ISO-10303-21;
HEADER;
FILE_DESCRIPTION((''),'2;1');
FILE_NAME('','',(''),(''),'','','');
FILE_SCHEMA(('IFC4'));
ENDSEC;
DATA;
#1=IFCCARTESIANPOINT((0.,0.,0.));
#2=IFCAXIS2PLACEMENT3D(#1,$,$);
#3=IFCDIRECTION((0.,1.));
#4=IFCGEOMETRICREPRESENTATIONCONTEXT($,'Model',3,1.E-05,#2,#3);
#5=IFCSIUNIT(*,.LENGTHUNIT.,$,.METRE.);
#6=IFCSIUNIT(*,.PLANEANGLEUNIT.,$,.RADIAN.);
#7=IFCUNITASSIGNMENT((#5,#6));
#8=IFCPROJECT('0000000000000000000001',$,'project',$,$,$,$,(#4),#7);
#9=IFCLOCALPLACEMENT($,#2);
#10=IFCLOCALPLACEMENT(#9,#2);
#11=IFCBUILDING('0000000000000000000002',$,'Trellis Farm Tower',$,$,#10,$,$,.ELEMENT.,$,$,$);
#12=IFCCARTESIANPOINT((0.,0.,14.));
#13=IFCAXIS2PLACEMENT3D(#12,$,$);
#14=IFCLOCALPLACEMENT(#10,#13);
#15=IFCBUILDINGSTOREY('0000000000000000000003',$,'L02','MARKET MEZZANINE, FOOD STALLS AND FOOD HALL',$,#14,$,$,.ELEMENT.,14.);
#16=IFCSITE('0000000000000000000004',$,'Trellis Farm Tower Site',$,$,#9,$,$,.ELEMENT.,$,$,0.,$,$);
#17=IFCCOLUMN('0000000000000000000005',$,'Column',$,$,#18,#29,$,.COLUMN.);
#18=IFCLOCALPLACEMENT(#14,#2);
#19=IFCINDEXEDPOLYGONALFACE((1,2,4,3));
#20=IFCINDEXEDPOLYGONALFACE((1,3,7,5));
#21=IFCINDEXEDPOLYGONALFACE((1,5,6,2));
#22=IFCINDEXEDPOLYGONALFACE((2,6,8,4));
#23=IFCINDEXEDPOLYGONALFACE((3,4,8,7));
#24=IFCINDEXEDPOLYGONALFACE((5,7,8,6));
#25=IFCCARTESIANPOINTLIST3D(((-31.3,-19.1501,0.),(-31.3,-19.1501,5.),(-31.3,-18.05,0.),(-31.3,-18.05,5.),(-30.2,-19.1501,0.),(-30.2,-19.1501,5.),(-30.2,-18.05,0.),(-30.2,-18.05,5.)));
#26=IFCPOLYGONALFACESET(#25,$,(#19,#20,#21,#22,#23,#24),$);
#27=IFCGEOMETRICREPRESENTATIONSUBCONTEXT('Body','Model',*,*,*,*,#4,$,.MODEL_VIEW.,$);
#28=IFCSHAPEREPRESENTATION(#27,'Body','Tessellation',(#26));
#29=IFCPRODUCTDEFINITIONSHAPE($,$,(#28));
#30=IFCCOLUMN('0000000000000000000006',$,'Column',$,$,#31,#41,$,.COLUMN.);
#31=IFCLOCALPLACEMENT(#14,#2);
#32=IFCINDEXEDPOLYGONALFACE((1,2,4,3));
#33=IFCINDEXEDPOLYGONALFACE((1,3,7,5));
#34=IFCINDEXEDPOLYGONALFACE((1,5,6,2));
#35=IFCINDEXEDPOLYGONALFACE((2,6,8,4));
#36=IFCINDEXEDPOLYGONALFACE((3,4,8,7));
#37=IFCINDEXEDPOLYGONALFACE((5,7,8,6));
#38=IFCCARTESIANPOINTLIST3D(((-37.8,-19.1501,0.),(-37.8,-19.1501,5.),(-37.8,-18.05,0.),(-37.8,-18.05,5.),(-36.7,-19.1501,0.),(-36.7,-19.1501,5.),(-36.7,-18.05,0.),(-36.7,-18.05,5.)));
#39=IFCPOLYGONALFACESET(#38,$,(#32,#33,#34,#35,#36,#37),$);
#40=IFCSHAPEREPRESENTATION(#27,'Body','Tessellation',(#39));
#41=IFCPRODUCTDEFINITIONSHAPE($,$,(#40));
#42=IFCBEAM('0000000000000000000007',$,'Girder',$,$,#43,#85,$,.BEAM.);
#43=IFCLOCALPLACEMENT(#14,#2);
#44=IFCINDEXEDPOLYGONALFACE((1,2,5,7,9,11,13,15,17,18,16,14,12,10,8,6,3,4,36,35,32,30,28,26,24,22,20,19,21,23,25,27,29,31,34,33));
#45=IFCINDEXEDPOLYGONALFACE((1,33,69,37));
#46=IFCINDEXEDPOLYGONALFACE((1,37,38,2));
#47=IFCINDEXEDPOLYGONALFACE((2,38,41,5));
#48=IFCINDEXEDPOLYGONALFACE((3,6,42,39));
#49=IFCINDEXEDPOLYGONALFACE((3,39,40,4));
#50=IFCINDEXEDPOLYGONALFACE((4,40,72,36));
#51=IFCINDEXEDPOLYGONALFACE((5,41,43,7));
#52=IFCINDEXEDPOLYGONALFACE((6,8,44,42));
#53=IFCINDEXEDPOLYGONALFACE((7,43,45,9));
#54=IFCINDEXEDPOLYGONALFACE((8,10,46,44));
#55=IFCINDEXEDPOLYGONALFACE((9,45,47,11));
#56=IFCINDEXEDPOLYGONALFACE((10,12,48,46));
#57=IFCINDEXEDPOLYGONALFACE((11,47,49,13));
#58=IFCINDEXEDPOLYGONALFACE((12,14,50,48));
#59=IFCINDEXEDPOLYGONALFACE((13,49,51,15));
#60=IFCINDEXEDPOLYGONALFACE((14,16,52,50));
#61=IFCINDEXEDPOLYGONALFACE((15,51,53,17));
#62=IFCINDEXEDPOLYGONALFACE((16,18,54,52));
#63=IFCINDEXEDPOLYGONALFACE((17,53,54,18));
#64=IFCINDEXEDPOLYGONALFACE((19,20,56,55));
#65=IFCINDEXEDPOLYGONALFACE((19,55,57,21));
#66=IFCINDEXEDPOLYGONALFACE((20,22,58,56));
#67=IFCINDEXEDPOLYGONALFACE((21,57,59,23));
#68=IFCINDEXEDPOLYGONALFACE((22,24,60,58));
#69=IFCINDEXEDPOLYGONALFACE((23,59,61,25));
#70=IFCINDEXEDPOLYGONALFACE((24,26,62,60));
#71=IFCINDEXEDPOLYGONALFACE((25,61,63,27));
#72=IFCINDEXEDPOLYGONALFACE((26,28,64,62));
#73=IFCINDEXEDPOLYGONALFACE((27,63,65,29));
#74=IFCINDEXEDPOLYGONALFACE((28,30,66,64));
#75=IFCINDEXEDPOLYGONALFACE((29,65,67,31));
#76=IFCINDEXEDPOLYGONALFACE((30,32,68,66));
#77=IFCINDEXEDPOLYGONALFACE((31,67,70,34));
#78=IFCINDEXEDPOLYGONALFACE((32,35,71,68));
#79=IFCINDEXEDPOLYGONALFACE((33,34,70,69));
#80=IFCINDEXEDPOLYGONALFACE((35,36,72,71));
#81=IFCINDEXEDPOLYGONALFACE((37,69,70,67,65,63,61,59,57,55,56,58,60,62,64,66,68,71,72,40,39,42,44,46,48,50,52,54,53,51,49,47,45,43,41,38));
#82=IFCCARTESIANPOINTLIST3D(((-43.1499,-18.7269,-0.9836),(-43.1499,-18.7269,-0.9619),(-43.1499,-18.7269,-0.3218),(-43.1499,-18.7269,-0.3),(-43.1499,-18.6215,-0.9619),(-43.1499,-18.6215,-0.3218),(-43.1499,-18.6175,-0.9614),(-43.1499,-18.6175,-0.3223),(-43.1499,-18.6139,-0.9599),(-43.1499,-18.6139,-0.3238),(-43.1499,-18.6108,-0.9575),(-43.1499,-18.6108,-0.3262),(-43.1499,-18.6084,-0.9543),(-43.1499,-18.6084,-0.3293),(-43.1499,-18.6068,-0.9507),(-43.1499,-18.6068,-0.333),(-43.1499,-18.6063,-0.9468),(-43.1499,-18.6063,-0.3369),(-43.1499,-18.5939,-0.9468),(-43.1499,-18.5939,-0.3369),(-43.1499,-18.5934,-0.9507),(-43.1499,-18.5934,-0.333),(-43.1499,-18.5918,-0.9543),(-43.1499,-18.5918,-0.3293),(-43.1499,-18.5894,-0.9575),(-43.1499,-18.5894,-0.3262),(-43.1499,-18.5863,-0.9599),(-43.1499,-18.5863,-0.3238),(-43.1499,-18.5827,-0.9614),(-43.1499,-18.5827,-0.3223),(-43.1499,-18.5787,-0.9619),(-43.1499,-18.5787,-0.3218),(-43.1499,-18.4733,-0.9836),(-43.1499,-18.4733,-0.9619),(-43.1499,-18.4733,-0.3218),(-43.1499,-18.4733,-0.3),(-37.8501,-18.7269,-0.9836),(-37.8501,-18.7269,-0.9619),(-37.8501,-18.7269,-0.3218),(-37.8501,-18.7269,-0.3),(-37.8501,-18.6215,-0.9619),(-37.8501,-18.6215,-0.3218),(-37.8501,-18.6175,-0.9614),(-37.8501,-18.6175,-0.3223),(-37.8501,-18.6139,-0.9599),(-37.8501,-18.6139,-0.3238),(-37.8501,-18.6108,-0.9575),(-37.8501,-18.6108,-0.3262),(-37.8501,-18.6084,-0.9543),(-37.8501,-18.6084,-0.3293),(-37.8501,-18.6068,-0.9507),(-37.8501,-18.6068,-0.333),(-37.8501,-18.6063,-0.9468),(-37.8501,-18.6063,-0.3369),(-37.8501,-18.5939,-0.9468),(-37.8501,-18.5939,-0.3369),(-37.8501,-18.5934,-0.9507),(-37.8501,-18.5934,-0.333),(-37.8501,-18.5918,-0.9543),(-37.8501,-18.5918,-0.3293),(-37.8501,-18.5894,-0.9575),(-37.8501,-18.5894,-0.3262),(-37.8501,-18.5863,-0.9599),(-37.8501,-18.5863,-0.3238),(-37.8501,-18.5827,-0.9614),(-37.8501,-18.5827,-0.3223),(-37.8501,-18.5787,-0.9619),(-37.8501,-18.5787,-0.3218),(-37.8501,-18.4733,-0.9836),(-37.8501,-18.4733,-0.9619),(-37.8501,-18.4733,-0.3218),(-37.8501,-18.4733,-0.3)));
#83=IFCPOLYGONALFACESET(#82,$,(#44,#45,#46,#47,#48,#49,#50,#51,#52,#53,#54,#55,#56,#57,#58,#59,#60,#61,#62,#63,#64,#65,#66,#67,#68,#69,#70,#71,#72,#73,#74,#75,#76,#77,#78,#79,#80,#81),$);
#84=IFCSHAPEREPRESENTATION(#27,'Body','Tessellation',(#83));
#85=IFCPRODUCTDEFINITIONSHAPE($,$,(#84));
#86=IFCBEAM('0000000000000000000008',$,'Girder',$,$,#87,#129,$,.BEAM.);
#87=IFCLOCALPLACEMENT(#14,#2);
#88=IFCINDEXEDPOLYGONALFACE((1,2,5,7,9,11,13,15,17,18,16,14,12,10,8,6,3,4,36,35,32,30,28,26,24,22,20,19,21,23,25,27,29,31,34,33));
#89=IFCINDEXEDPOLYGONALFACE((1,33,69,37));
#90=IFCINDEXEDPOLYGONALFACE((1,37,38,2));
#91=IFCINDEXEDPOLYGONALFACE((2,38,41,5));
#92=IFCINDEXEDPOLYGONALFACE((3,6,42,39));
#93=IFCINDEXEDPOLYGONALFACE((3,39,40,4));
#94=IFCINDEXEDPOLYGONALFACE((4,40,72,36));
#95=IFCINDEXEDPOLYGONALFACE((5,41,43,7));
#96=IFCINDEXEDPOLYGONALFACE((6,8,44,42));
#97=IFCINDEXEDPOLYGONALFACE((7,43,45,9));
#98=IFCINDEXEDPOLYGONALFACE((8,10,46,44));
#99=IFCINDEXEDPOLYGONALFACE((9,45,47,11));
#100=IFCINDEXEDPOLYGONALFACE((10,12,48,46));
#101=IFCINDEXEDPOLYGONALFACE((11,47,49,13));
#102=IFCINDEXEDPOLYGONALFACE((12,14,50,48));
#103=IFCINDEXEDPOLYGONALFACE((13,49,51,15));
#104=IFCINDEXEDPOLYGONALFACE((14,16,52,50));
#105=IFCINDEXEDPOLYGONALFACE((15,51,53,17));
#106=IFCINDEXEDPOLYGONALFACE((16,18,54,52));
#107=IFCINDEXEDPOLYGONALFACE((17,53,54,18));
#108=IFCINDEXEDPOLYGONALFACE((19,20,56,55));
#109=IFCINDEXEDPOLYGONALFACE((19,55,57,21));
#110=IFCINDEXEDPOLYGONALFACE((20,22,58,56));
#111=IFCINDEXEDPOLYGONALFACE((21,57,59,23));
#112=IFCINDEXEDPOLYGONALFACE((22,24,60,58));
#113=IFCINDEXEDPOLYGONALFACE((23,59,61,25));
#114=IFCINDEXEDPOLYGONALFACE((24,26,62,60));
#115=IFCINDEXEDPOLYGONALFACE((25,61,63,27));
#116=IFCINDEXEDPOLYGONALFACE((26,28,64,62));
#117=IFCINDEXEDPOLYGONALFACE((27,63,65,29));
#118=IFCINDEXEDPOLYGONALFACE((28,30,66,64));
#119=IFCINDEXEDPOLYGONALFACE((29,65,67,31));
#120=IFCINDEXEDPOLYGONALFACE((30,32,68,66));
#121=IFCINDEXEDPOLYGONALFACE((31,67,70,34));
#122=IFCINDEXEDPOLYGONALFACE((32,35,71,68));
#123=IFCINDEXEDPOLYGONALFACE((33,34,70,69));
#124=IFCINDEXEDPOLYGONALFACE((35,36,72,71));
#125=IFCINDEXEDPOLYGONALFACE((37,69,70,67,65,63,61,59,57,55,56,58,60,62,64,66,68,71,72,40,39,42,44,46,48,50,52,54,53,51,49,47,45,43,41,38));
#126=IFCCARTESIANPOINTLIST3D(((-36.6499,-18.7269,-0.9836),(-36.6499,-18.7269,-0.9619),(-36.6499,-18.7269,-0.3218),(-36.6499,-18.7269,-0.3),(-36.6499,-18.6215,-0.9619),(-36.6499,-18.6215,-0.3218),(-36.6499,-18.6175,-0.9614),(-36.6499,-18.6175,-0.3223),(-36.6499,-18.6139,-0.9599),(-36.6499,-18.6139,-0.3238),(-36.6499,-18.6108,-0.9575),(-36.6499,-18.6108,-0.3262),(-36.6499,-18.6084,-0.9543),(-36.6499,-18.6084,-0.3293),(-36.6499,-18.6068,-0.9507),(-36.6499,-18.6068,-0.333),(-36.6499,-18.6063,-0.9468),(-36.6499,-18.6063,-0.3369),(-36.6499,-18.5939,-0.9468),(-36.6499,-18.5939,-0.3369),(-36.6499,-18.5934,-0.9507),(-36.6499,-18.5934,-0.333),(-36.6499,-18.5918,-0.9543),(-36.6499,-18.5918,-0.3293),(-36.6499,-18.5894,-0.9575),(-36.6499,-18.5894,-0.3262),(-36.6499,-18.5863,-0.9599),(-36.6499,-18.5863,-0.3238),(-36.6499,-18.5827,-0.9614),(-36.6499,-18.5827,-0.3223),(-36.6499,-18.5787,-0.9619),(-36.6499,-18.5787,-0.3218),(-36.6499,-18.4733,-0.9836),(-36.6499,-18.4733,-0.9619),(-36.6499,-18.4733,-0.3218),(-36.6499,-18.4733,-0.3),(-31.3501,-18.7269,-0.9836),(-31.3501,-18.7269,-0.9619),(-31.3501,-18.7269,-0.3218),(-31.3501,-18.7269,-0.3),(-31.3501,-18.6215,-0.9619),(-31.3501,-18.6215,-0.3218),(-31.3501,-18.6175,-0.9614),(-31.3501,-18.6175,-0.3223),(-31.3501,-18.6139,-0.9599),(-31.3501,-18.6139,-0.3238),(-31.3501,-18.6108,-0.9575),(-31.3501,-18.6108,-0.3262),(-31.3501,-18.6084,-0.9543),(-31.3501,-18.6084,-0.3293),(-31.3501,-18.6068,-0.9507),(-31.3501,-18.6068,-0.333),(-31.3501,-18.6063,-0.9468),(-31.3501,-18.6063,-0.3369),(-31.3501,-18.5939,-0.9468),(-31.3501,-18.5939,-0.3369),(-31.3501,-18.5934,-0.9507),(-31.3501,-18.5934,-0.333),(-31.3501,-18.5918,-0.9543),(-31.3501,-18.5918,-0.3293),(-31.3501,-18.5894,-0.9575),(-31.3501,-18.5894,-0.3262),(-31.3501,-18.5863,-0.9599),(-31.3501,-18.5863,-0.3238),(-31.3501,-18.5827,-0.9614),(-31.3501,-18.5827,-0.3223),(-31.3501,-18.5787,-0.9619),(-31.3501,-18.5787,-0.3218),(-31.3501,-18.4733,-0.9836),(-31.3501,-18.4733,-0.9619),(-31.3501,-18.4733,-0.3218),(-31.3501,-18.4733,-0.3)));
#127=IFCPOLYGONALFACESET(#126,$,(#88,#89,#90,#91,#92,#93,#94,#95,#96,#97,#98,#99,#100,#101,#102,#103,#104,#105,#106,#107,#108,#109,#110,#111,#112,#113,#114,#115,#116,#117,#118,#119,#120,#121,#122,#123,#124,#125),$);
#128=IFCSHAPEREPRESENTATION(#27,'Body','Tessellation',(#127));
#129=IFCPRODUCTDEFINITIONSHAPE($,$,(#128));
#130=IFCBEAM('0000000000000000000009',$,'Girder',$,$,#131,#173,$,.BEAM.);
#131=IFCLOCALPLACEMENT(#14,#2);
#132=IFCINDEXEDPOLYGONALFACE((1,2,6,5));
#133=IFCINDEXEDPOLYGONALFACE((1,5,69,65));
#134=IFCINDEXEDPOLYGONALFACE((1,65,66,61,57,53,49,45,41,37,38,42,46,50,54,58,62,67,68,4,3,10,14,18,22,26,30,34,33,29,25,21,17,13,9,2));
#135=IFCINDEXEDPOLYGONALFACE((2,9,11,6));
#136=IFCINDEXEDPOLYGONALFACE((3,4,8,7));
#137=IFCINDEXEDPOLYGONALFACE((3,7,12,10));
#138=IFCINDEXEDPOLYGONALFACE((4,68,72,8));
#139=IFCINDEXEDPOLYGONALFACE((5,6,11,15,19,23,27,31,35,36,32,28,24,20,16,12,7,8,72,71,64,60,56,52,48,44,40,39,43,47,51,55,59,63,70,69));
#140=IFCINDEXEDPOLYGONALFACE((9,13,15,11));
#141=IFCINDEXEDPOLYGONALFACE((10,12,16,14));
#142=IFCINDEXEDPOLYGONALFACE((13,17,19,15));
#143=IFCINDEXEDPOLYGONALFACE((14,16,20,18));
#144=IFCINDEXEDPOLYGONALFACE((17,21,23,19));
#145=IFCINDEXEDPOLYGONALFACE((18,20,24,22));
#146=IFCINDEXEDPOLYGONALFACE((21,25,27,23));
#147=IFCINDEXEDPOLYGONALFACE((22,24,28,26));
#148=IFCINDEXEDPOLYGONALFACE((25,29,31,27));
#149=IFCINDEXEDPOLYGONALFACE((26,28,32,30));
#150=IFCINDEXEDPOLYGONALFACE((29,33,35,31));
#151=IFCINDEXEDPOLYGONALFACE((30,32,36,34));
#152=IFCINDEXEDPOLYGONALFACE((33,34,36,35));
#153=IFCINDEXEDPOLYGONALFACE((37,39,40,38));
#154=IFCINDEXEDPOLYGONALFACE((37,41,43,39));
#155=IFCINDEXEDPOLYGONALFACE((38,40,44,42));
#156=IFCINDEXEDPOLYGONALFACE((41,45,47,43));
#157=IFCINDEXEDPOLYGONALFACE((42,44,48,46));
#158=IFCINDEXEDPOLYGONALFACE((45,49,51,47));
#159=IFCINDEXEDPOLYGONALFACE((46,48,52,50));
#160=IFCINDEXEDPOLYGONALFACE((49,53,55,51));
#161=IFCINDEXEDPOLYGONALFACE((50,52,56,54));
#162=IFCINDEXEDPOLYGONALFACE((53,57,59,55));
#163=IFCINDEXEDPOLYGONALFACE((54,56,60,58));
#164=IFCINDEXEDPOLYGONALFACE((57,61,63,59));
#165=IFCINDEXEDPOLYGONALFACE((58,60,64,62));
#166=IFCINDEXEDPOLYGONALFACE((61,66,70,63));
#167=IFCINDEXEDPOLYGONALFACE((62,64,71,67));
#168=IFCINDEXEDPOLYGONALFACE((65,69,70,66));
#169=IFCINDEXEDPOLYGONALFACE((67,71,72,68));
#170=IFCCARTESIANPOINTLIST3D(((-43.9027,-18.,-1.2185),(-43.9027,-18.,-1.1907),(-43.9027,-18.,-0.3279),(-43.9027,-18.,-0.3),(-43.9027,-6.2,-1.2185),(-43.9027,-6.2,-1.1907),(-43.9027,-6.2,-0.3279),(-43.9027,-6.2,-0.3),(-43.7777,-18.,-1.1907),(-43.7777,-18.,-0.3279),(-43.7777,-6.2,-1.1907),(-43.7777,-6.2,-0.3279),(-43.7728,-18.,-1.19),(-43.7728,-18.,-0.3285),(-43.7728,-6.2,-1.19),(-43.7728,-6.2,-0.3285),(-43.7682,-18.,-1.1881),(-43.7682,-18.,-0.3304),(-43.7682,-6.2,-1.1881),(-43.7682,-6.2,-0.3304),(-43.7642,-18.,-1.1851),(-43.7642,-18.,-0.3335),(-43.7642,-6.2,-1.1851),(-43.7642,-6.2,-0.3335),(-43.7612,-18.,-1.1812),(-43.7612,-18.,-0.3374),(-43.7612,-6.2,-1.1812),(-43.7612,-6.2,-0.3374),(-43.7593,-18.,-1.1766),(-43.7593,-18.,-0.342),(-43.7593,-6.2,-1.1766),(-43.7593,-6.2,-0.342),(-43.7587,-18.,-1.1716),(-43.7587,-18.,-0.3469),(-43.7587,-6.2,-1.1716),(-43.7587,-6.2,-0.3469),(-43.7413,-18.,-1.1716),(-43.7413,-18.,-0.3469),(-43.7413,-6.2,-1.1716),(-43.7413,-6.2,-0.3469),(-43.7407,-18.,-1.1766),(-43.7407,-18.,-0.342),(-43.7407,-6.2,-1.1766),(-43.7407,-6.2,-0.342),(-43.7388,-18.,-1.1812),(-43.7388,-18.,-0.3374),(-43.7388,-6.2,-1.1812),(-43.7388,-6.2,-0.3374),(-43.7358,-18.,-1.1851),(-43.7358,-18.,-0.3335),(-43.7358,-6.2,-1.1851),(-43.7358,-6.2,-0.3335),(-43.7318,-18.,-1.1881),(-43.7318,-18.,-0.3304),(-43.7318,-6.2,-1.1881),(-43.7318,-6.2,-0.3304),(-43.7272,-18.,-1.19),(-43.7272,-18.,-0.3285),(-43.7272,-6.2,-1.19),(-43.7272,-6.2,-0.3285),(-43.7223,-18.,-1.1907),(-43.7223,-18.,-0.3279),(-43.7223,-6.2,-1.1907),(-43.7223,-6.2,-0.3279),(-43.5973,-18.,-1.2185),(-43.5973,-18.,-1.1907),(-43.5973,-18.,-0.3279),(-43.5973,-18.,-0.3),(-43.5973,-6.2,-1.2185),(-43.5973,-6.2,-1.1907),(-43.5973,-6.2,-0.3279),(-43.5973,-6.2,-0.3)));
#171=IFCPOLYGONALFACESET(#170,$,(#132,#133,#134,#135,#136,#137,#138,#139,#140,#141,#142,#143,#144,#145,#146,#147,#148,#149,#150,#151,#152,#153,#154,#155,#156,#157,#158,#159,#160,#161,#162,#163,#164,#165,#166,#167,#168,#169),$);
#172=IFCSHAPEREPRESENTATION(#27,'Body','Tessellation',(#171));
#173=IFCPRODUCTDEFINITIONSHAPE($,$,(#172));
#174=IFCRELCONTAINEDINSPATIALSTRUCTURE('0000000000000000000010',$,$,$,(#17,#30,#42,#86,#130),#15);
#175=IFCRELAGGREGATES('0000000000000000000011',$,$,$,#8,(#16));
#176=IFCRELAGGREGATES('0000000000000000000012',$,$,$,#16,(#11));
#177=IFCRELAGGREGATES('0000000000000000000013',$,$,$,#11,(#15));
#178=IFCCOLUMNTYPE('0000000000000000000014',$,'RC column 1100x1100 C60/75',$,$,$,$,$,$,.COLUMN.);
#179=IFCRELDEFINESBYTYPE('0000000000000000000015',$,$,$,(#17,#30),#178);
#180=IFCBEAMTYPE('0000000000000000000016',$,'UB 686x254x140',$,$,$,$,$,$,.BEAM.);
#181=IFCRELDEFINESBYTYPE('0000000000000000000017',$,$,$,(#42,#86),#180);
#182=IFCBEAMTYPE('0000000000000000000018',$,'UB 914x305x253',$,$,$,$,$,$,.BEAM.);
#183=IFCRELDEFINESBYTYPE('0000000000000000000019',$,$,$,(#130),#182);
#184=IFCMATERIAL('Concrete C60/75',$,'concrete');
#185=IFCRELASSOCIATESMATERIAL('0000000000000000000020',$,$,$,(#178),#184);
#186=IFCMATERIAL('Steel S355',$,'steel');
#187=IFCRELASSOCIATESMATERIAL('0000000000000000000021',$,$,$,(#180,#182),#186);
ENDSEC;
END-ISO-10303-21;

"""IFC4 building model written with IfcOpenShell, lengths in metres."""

from ifc_helpers import new_model, si_unit, direction, frame, origin, origin_2d, place, context, subcontext, project, spatial, rectangle, i_section, extrude, source, transform, mapped, material, material_profile, profile_set, type_object, element, save


model = new_model("IFC4")

# Units and contexts
model_context = context("Model", 3, precision=1e-05, world=origin(), true_north=direction((0.0, 1.0)))
body_context = subcontext(model_context, "Body", "Model", "MODEL_VIEW")
ifc_project = project(units=[si_unit("LENGTHUNIT", "METRE"), si_unit("PLANEANGLEUNIT", "RADIAN")], contexts=[model_context])

# Site, building, storey
site_placement = place(None, origin())
site = spatial("IfcSite", under=ifc_project, at=site_placement, Name="Trellis Farm Tower Site", CompositionType="ELEMENT", RefElevation=0.0)
building_placement = place(site_placement, origin())
building = spatial("IfcBuilding", under=site, at=building_placement, Name="Trellis Farm Tower", CompositionType="ELEMENT")
storey_placement = place(building_placement, frame((0.0, 0.0, 14.0)))
storey = spatial("IfcBuildingStorey", under=building, at=storey_placement, Name="L02", Description="MARKET MEZZANINE, FOOD STALLS AND FOOD HALL", CompositionType="ELEMENT", Elevation=14.0)

# Columns
ifc_material_1 = material(Name="Concrete C60/75", Category="concrete")
ifc_material_profile_1 = material_profile(ifc_material_1, rectangle(XDim=1.1001, YDim=1.1001, at=origin_2d()), Name="RC column 1100x1100 C60/75")
ifc_profile_set_1 = profile_set([ifc_material_profile_1], Name="Concrete C60/75")
column_type = type_object("IfcColumnType", Name="RC column 1100x1100 C60/75", PredefinedType="COLUMN", material=ifc_profile_set_1)
shared_shape_1 = source(origin(), body_context, "Body", "SweptSolid", [
    extrude(rectangle(XDim=1.1001, YDim=1.1001, at=origin_2d()), origin(), (0.0, 0.0, 1.0), 5.0),
])
for number, where, z_axis, x_axis, name in (
    (1, (-30.75, -18.6001, 0.0), (0.0, 0.0, 1.0), (1.0, 0.0, 0.0), "Column"),
    (2, (-37.25, -18.6001, 0.0), (0.0, 0.0, 1.0), (1.0, 0.0, 0.0), "Column"),
):
    element("IfcColumn", number, at=place(storey_placement, frame(where, z_axis=z_axis, x_axis=x_axis)), inside=storey, type_object=column_type, Name=name, PredefinedType="COLUMN", context=body_context, shape_type="MappedRepresentation", body=[
        mapped(shared_shape_1, transform((0.0, 0.0, 0.0))),
    ])

# Beams
ifc_material_2 = material(Name="Steel S355", Category="steel")
ifc_material_profile_2 = material_profile(ifc_material_2, i_section(OverallWidth=0.2537, OverallDepth=0.6836, WebThickness=0.0125, FlangeThickness=0.0217, FilletRadius=0.0151, at=origin_2d()), Name="UB 686x254x140")
ifc_profile_set_2 = profile_set([ifc_material_profile_2], Name="Steel S355")
beam_type_1 = type_object("IfcBeamType", Name="UB 686x254x140", PredefinedType="BEAM", material=ifc_profile_set_2)
shared_shape_2 = source(origin(), body_context, "Body", "SweptSolid", [
    extrude(i_section(OverallWidth=0.2537, OverallDepth=0.6836, WebThickness=0.0125, FlangeThickness=0.0217, FilletRadius=0.0151, at=origin_2d()), origin(), (0.0, 0.0, 1.0), 5.2998),
])
for number, where, z_axis, x_axis, name in (
    (3, (-43.1499, -18.6001, -0.6418), (1.0, 0.0, 0.0), (0.0, 1.0, 0.0), "Girder"),
    (4, (-36.6499, -18.6001, -0.6418), (1.0, 0.0, 0.0), (0.0, 1.0, 0.0), "Girder"),
):
    element("IfcBeam", number, at=place(storey_placement, frame(where, z_axis=z_axis, x_axis=x_axis)), inside=storey, type_object=beam_type_1, Name=name, PredefinedType="BEAM", context=body_context, shape_type="MappedRepresentation", body=[
        mapped(shared_shape_2, transform((0.0, 0.0, 0.0))),
    ])
ifc_material_profile_3 = material_profile(ifc_material_2, i_section(OverallWidth=0.3054, OverallDepth=0.9185, WebThickness=0.0173, FlangeThickness=0.0278, FilletRadius=0.019, at=origin_2d()), Name="UB 914x305x253")
ifc_profile_set_3 = profile_set([ifc_material_profile_3], Name="Steel S355")
beam_type_2 = type_object("IfcBeamType", Name="UB 914x305x253", PredefinedType="BEAM", material=ifc_profile_set_3)
shared_shape_3 = source(origin(), body_context, "Body", "SweptSolid", [
    extrude(i_section(OverallWidth=0.3054, OverallDepth=0.9185, WebThickness=0.0173, FlangeThickness=0.0278, FilletRadius=0.019, at=origin_2d()), origin(), (0.0, 0.0, 1.0), 11.8),
])
for number, where, z_axis, x_axis, name in (
    (5, (-43.75, -18.0, -0.7593), (0.0, 1.0, 0.0), (-1.0, 0.0, 0.0), "Girder"),
):
    element("IfcBeam", number, at=place(storey_placement, frame(where, z_axis=z_axis, x_axis=x_axis)), inside=storey, type_object=beam_type_2, Name=name, PredefinedType="BEAM", context=body_context, shape_type="MappedRepresentation", body=[
        mapped(shared_shape_3, transform((0.0, 0.0, 0.0))),
    ])

save(model, "model.ifc")
